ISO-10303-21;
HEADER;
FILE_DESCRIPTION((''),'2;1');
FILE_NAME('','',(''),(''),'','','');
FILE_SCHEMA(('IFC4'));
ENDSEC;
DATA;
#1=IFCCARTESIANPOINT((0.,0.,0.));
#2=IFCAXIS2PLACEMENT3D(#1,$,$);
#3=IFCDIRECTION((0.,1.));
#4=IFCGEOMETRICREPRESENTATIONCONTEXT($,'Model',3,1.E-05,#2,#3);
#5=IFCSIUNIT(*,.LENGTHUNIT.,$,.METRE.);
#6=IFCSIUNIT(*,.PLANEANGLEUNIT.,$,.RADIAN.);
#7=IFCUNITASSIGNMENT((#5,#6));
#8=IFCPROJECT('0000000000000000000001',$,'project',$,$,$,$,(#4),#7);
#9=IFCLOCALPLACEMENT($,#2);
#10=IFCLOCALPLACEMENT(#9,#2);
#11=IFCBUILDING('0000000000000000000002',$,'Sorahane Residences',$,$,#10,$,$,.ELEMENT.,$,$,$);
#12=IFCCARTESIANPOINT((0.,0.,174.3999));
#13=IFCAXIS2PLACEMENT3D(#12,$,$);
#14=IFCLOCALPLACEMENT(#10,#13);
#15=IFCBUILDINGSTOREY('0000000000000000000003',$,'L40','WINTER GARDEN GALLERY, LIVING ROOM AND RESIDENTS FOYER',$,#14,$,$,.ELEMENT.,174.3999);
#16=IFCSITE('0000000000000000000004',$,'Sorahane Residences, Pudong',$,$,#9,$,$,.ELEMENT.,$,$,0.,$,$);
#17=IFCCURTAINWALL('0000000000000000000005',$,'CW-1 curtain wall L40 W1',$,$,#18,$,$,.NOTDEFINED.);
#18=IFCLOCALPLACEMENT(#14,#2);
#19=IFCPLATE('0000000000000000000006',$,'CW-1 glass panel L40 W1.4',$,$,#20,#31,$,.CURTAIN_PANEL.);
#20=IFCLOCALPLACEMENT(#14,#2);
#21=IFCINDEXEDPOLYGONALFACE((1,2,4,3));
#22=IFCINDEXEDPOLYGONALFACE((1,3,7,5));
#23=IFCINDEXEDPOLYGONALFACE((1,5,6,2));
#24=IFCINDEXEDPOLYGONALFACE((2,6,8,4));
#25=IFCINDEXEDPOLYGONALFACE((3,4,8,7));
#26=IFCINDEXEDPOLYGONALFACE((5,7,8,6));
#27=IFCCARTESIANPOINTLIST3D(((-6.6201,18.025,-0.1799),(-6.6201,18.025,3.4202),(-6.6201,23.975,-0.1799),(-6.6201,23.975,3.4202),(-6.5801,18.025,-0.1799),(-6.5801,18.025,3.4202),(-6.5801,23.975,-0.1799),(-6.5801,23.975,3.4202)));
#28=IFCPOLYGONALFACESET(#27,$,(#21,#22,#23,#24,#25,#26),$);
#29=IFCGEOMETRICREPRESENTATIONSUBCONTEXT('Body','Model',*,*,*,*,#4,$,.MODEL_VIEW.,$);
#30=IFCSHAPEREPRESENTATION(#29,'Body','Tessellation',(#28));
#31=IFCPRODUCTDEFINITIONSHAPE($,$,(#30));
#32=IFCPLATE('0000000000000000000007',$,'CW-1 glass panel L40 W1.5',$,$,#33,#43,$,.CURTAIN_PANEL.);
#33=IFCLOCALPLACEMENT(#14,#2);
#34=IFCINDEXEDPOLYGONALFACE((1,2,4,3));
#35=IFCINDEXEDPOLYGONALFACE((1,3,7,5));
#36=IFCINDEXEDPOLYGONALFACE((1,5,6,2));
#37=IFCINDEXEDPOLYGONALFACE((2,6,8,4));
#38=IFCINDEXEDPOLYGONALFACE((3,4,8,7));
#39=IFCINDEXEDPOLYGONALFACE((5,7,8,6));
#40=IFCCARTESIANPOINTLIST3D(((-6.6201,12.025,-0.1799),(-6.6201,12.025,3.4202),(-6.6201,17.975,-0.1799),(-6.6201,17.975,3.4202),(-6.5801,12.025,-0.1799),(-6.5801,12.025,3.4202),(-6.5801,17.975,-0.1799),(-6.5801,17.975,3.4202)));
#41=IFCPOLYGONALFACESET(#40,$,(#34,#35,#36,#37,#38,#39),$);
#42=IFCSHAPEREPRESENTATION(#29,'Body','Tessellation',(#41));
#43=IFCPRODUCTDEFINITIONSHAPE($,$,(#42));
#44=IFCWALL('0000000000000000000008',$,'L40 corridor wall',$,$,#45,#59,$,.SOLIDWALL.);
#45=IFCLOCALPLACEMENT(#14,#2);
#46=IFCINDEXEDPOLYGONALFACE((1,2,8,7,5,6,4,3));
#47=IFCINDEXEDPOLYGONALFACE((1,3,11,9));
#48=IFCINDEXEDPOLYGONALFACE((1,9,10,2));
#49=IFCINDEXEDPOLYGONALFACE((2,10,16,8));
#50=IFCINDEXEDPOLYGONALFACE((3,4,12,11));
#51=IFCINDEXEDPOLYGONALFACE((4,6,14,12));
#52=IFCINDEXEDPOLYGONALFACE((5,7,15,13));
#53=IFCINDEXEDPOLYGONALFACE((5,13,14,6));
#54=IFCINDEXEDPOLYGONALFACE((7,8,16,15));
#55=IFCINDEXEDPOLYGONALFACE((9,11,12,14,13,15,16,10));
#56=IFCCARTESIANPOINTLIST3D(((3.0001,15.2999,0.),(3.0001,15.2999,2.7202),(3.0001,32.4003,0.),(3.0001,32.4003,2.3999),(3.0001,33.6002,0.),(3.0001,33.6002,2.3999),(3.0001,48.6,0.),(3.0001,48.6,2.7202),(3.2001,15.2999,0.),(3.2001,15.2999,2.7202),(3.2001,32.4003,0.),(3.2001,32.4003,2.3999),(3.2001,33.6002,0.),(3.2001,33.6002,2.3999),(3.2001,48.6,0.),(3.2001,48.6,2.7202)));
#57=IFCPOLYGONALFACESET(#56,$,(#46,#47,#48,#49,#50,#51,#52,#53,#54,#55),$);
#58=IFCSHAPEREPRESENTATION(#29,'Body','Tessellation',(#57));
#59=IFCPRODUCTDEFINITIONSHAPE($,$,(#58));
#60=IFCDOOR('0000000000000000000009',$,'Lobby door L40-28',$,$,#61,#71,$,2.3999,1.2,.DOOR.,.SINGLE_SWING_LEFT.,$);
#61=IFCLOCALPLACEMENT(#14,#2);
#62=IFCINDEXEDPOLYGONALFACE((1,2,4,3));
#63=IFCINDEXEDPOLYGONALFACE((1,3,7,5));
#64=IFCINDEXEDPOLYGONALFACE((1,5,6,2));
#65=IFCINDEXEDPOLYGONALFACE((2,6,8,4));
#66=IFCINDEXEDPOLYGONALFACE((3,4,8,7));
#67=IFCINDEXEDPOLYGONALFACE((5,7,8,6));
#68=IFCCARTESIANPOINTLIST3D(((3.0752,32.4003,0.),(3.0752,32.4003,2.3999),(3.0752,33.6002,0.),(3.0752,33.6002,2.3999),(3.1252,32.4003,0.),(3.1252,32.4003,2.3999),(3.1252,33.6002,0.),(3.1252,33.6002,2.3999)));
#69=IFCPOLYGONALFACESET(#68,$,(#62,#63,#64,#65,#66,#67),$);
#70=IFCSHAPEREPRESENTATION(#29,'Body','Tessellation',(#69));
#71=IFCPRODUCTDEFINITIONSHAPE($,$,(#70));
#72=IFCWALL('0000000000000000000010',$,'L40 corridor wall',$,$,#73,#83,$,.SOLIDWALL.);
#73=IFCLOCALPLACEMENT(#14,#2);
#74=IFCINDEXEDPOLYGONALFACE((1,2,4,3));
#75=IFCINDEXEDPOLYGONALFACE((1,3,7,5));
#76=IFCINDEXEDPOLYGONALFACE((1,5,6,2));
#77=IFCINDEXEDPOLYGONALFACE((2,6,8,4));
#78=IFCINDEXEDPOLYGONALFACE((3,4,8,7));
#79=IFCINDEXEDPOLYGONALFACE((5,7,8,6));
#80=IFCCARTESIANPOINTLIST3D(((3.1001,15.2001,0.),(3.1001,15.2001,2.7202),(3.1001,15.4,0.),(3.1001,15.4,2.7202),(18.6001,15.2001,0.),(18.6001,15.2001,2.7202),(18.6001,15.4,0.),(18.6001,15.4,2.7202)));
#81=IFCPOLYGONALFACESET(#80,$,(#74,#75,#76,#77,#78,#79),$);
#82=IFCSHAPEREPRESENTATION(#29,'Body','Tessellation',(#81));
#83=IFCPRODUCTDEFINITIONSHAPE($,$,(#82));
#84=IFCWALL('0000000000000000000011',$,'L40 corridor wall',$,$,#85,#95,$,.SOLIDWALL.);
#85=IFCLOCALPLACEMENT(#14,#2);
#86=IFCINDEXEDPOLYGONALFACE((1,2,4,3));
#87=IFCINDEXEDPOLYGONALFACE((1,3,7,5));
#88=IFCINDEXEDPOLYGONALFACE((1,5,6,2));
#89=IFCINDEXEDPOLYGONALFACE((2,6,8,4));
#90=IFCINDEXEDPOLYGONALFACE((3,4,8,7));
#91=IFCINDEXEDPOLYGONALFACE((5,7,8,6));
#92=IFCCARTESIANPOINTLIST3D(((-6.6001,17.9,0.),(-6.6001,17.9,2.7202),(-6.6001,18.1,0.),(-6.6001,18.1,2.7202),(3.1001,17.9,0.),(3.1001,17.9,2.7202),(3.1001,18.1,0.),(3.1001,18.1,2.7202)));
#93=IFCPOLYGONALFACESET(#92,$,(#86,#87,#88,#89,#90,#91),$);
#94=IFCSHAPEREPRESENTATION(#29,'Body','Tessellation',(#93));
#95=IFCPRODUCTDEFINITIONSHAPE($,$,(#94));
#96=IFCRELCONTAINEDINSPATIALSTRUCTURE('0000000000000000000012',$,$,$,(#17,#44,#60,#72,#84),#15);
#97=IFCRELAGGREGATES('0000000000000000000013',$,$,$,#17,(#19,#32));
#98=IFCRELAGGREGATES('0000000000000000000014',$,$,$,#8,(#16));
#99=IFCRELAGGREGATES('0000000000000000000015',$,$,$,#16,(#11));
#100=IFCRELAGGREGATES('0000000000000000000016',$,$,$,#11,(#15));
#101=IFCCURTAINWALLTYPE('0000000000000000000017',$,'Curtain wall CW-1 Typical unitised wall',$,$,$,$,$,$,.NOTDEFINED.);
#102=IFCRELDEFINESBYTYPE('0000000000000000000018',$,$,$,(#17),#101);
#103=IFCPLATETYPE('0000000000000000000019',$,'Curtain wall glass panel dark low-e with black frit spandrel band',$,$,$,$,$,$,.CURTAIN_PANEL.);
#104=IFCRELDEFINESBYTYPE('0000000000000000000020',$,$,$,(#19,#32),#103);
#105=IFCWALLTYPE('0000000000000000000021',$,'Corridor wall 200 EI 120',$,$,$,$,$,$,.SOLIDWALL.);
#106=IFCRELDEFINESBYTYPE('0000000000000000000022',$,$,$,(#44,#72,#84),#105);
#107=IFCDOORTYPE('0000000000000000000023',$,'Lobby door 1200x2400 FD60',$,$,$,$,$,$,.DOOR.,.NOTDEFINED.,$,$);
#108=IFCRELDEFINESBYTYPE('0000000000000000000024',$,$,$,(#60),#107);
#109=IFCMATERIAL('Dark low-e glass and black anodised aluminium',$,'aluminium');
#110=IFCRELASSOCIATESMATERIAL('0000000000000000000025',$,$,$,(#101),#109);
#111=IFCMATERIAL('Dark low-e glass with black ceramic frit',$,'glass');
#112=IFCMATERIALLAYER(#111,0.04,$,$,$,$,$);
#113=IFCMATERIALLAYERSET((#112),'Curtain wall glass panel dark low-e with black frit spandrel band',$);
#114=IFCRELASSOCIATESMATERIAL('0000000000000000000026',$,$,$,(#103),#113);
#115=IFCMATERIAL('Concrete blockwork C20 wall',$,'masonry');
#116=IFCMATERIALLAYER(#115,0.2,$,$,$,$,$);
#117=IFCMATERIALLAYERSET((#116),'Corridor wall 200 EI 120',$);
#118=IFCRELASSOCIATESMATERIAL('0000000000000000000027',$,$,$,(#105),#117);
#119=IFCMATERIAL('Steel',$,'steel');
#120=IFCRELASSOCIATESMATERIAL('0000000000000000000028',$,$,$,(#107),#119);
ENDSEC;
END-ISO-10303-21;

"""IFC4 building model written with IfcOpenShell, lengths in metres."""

from ifc_helpers import new_model, si_unit, direction, frame, frame_2d, origin, origin_2d, place, context, subcontext, project, spatial, rectangle, extrude, material, layer, layer_set, type_object, element, fill, aggregate, save


model = new_model("IFC4")

# Units and contexts
model_context = context("Model", 3, precision=1e-05, world=origin(), true_north=direction((0.0, 1.0)))
body_context = subcontext(model_context, "Body", "Model", "MODEL_VIEW")
ifc_project = project(units=[si_unit("LENGTHUNIT", "METRE"), si_unit("PLANEANGLEUNIT", "RADIAN")], contexts=[model_context])

# Site, building, storey
site_placement = place(None, origin())
site = spatial("IfcSite", under=ifc_project, at=site_placement, Name="Sorahane Residences, Pudong", CompositionType="ELEMENT", RefElevation=0.0)
building_placement = place(site_placement, origin())
building = spatial("IfcBuilding", under=site, at=building_placement, Name="Sorahane Residences", CompositionType="ELEMENT")
storey_placement = place(building_placement, frame((0.0, 0.0, 174.3999)))
storey = spatial("IfcBuildingStorey", under=building, at=storey_placement, Name="L40", Description="WINTER GARDEN GALLERY, LIVING ROOM AND RESIDENTS FOYER", CompositionType="ELEMENT", Elevation=174.3999)

# Curtain wall
ifc_material_1 = material(Name="Dark low-e glass and black anodised aluminium", Category="aluminium")
curtain_wall_type = type_object("IfcCurtainWallType", Name="Curtain wall CW-1 Typical unitised wall", PredefinedType="NOTDEFINED", material=ifc_material_1)
curtain_wall_placement = place(storey_placement, origin())
curtain_wall = element("IfcCurtainWall", 1, at=curtain_wall_placement, inside=storey, type_object=curtain_wall_type, Name="CW-1 curtain wall L40 W1", PredefinedType="NOTDEFINED")

# Plates
ifc_material_2 = material(Name="Dark low-e glass with black ceramic frit", Category="glass")
ifc_layer_1 = layer(ifc_material_2, 0.04)
ifc_layer_set_1 = layer_set([ifc_layer_1], Name="Curtain wall glass panel dark low-e with black frit spandrel band")
plate_type = type_object("IfcPlateType", Name="Curtain wall glass panel dark low-e with black frit spandrel band", PredefinedType="CURTAIN_PANEL", material=ifc_layer_set_1)
plate_1_placement = place(storey_placement, frame((-6.6001, 21.0, -0.1799), z_axis=(0.0, 0.0, 1.0), x_axis=(0.0, -1.0, 0.0)))
plate_1 = element("IfcPlate", 2, at=plate_1_placement, type_object=plate_type, Name="CW-1 glass panel L40 W1.4", PredefinedType="CURTAIN_PANEL", context=body_context, shape_type="SweptSolid", body=[
    extrude(rectangle(XDim=5.95, YDim=0.04, at=origin_2d()), origin(), (0.0, 0.0, 1.0), 3.6001),
])
plate_2_placement = place(storey_placement, frame((-6.6001, 15.0, -0.1799), z_axis=(0.0, 0.0, 1.0), x_axis=(0.0, -1.0, 0.0)))
plate_2 = element("IfcPlate", 3, at=plate_2_placement, type_object=plate_type, Name="CW-1 glass panel L40 W1.5", PredefinedType="CURTAIN_PANEL", context=body_context, shape_type="SweptSolid", body=[
    extrude(rectangle(XDim=5.95, YDim=0.04, at=origin_2d()), origin(), (0.0, 0.0, 1.0), 3.6001),
])
aggregate(curtain_wall, [plate_1, plate_2])

# Wall, opening, door
ifc_material_3 = material(Name="Concrete blockwork C20 wall", Category="masonry")
ifc_layer_2 = layer(ifc_material_3, 0.2)
ifc_layer_set_2 = layer_set([ifc_layer_2], Name="Corridor wall 200 EI 120")
wall_type_1 = type_object("IfcWallType", Name="Corridor wall 200 EI 120", PredefinedType="SOLIDWALL", material=ifc_layer_set_2)
wall_1_placement = place(storey_placement, frame((3.1001, 15.3, 0.0), z_axis=(0.0, 0.0, 1.0), x_axis=(0.0, 1.0, 0.0)))
wall_1 = element("IfcWall", 4, at=wall_1_placement, inside=storey, type_object=wall_type_1, Name="L40 corridor wall", PredefinedType="SOLIDWALL", context=body_context, shape_type="SweptSolid", body=[
    extrude(rectangle(XDim=33.3, YDim=0.2, at=frame_2d((16.6499, 0.0))), origin(), (0.0, 0.0, 1.0), 2.7202),
])
opening_1_placement = place(wall_1_placement, frame((17.1001, 0.0, 0.0)))
opening_1 = element("IfcOpeningElement", 5, at=opening_1_placement, cuts=wall_1, PredefinedType="OPENING", context=body_context, shape_type="SweptSolid", body=[
    extrude(rectangle(XDim=1.2, YDim=2.3999, at=frame_2d((0.6001, 1.2))), frame((0.0, 0.1099, 0.0), z_axis=(0.0, -1.0, 0.0), x_axis=(1.0, 0.0, 0.0)), (0.0, 0.0, 1.0), 0.22),
])
ifc_material_4 = material(Name="Steel", Category="steel")
door_type_1 = type_object("IfcDoorType", Name="Lobby door 1200x2400 FD60", OperationType="NOTDEFINED", PredefinedType="DOOR", material=ifc_material_4)
door_1_placement = place(opening_1_placement, origin())
door_1 = element("IfcDoor", 6, at=door_1_placement, inside=storey, type_object=door_type_1, Name="Lobby door L40-28", OperationType="SINGLE_SWING_LEFT", OverallHeight=2.3999, OverallWidth=1.2, PredefinedType="DOOR", context=body_context, shape_type="SweptSolid", body=[
    extrude(rectangle(XDim=1.2, YDim=2.3999, at=frame_2d((0.6001, 1.2))), frame((0.0, 0.0249, 0.0), z_axis=(0.0, -1.0, 0.0), x_axis=(1.0, 0.0, 0.0)), (0.0, 0.0, 1.0), 0.05),
])
fill(opening_1, door_1)

# Walls
wall_2_placement = place(storey_placement, frame((3.1001, 15.3, 0.0), z_axis=(0.0, 0.0, 1.0), x_axis=(1.0, 0.0, 0.0)))
element("IfcWall", 7, at=wall_2_placement, inside=storey, type_object=wall_type_1, Name="L40 corridor wall", PredefinedType="SOLIDWALL", context=body_context, shape_type="SweptSolid", body=[
    extrude(rectangle(XDim=15.5, YDim=0.2, at=frame_2d((7.75, 0.0))), origin(), (0.0, 0.0, 1.0), 2.7202),
])
wall_3_placement = place(storey_placement, frame((-6.6001, 18.0, 0.0), z_axis=(0.0, 0.0, 1.0), x_axis=(1.0, 0.0, 0.0)))
element("IfcWall", 8, at=wall_3_placement, inside=storey, type_object=wall_type_1, Name="L40 corridor wall", PredefinedType="SOLIDWALL", context=body_context, shape_type="SweptSolid", body=[
    extrude(rectangle(XDim=9.7002, YDim=0.2, at=frame_2d((4.8501, 0.0))), origin(), (0.0, 0.0, 1.0), 2.7202),
])

save(model, "model.ifc")
